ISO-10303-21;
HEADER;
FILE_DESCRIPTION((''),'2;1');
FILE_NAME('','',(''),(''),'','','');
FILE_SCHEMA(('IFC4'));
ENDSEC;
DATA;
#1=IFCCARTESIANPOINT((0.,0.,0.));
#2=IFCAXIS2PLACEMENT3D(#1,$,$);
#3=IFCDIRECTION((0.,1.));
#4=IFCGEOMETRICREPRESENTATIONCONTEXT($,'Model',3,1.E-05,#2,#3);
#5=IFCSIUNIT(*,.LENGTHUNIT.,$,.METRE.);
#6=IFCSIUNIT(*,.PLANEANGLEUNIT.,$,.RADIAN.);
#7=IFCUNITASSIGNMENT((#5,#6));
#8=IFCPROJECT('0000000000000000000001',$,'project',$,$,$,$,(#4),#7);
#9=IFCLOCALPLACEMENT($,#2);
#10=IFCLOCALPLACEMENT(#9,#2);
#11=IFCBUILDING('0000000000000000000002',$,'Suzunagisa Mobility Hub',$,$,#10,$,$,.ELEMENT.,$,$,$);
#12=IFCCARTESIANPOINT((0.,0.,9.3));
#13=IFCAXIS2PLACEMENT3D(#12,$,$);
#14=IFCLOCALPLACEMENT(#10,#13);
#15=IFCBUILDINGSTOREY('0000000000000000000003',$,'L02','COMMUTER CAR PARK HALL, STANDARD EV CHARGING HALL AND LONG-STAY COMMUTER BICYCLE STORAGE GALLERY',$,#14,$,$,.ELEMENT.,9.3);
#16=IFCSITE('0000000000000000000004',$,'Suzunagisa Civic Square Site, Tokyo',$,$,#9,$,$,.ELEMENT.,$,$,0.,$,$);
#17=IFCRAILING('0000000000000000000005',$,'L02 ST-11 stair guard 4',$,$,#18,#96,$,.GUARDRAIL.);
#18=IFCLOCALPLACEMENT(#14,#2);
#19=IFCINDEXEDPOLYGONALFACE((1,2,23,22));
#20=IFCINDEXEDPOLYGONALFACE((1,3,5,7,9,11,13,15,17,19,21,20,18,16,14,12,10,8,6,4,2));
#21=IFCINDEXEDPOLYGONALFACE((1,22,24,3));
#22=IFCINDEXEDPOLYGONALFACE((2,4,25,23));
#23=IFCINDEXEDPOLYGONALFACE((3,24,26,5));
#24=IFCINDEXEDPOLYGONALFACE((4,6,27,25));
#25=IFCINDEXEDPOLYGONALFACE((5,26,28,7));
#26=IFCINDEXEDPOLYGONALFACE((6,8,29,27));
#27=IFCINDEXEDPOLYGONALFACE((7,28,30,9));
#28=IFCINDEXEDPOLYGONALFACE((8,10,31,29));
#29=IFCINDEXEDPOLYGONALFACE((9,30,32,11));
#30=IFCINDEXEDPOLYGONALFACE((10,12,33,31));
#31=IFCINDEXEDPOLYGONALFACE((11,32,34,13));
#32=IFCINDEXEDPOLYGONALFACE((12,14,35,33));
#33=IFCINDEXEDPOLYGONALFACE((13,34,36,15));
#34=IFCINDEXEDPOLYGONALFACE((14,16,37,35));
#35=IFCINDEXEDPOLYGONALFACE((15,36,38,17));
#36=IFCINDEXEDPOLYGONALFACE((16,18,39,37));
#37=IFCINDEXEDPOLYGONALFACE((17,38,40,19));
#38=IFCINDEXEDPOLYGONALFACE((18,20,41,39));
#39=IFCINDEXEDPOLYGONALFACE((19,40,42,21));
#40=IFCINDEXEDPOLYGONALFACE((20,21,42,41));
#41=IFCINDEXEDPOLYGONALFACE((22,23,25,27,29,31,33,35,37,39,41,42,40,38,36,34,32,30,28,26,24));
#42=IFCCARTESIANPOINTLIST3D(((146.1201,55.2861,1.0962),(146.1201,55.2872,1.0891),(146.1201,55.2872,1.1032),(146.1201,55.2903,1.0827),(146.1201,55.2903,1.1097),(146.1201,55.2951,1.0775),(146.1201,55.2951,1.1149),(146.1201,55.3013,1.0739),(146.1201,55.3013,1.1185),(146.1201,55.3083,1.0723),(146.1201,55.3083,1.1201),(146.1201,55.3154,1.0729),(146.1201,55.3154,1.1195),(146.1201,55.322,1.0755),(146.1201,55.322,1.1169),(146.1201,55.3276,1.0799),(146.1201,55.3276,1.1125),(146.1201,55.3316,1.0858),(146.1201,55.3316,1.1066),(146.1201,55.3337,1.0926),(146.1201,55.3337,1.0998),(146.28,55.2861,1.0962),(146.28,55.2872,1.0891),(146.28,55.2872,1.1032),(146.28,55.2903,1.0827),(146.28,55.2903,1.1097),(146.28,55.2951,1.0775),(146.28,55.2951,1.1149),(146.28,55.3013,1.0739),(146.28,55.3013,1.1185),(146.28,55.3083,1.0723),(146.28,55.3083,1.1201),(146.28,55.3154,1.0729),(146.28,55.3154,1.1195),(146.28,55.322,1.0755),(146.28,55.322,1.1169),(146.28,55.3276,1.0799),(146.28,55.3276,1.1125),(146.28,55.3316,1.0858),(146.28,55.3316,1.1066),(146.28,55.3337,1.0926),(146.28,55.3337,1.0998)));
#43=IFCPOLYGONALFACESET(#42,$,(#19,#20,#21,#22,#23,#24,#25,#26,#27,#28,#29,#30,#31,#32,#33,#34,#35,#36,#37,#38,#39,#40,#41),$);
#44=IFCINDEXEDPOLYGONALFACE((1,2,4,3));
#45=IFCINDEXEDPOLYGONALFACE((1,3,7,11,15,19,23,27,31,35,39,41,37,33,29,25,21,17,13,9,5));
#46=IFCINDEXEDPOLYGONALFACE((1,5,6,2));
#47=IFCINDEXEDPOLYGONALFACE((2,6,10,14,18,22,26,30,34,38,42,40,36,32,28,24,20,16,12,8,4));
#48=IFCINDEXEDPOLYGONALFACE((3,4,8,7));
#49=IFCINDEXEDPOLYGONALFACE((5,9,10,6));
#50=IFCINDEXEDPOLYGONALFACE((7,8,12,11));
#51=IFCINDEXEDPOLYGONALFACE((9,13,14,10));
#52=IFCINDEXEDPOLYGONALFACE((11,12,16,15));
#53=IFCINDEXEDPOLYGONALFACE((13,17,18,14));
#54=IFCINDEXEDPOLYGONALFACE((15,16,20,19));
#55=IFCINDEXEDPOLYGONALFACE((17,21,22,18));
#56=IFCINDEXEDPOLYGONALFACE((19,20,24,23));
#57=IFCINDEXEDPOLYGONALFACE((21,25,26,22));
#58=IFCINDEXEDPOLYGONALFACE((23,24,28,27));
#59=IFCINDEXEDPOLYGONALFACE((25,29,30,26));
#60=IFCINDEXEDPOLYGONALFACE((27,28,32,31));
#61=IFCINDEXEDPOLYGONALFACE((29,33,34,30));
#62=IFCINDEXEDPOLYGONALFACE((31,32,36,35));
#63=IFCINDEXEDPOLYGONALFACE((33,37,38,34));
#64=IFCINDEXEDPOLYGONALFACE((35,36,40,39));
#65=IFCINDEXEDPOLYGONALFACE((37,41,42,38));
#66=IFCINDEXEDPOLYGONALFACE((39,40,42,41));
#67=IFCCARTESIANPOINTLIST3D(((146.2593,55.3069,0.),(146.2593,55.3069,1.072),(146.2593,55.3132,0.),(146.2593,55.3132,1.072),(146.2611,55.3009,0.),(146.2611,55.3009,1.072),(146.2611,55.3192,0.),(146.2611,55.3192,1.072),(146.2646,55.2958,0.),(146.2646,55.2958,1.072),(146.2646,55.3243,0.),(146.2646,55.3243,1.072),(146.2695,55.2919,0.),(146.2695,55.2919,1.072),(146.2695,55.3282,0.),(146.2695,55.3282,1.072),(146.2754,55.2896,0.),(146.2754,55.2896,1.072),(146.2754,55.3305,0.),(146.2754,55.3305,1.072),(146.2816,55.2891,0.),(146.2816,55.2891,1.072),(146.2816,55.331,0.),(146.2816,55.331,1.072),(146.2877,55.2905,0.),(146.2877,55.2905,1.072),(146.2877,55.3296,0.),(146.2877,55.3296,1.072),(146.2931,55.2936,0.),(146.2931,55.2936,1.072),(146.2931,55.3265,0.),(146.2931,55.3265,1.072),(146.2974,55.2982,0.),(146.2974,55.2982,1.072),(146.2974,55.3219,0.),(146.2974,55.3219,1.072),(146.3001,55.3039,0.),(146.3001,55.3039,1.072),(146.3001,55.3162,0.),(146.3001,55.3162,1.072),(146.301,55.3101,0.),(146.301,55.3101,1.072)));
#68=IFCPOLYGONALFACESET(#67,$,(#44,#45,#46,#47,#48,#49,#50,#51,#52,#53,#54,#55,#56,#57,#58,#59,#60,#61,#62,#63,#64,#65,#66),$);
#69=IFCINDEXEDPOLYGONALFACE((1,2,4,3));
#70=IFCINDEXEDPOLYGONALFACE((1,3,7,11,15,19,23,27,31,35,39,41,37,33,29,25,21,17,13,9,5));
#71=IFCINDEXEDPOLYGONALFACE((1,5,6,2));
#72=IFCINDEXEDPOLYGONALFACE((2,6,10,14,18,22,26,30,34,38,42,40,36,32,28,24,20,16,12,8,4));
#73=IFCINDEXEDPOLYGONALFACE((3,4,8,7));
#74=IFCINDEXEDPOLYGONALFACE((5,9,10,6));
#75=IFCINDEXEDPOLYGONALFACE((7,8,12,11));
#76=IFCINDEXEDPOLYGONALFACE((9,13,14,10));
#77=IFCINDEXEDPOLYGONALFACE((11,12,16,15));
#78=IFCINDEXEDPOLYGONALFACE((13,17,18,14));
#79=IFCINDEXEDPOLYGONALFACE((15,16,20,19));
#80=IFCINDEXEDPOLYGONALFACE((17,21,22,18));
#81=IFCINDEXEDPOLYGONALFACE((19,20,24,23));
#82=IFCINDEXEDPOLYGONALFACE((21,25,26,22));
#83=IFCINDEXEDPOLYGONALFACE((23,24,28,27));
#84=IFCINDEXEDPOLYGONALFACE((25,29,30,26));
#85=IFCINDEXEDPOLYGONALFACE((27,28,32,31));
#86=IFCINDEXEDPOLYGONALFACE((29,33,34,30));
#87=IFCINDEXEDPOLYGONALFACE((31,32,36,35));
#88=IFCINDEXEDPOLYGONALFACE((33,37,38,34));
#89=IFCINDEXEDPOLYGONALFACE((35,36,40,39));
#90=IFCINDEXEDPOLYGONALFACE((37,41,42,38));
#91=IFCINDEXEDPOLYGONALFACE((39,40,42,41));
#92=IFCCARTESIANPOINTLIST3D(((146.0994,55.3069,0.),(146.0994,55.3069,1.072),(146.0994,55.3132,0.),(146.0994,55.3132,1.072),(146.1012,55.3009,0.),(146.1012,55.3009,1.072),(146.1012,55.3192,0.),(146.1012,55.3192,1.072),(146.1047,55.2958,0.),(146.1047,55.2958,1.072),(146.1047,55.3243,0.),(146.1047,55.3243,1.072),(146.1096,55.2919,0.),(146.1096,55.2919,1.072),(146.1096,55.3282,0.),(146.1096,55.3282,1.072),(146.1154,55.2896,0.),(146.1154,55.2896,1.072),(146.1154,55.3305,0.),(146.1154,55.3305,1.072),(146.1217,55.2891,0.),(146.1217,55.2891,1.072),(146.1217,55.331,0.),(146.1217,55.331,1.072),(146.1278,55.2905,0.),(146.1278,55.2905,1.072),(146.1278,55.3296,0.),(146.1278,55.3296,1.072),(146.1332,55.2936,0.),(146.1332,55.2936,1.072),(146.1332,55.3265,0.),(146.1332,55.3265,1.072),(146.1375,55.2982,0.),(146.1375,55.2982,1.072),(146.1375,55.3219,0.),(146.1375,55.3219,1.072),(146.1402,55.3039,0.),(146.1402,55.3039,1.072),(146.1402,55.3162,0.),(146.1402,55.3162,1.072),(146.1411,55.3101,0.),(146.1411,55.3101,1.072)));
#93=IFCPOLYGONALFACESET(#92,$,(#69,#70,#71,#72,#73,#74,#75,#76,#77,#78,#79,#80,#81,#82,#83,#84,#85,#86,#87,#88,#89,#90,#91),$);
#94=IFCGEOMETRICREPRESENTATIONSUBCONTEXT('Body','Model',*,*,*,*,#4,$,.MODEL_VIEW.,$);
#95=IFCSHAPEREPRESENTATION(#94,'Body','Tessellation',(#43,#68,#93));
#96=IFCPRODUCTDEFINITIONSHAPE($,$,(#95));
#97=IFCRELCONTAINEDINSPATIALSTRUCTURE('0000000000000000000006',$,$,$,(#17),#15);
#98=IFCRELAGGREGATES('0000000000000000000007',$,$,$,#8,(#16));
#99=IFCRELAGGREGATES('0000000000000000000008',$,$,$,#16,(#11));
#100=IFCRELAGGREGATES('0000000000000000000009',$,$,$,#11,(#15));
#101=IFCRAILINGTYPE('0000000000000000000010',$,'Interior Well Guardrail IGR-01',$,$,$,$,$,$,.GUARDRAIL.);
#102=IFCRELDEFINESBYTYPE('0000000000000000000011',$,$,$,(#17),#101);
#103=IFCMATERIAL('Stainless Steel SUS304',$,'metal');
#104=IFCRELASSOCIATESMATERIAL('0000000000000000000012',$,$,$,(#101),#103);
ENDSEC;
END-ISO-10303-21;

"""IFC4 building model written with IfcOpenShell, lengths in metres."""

from ifc_helpers import new_model, si_unit, direction, frame, origin, origin_2d, place, context, subcontext, project, spatial, circle, extrude, material, type_object, element, save


model = new_model("IFC4")

# Units and contexts
model_context = context("Model", 3, precision=1e-05, world=origin(), true_north=direction((0.0, 1.0)))
body_context = subcontext(model_context, "Body", "Model", "MODEL_VIEW")
ifc_project = project(units=[si_unit("LENGTHUNIT", "METRE"), si_unit("PLANEANGLEUNIT", "RADIAN")], contexts=[model_context])

# Site, building, storey
site_placement = place(None, origin())
site = spatial("IfcSite", under=ifc_project, at=site_placement, Name="Suzunagisa Civic Square Site, Tokyo", CompositionType="ELEMENT", RefElevation=0.0)
building_placement = place(site_placement, origin())
building = spatial("IfcBuilding", under=site, at=building_placement, Name="Suzunagisa Mobility Hub", CompositionType="ELEMENT")
storey_placement = place(building_placement, frame((0.0, 0.0, 9.3)))
storey = spatial("IfcBuildingStorey", under=building, at=storey_placement, Name="L02", Description="COMMUTER CAR PARK HALL, STANDARD EV CHARGING HALL AND LONG-STAY COMMUTER BICYCLE STORAGE GALLERY", CompositionType="ELEMENT", Elevation=9.3)

# Railing
ifc_material_1 = material(Name="Stainless Steel SUS304", Category="metal")
railing_type_1 = type_object("IfcRailingType", Name="Interior Well Guardrail IGR-01", PredefinedType="GUARDRAIL", material=ifc_material_1)
railing_1_placement = place(storey_placement, frame((146.28, 55.3101, 0.0)))
element("IfcRailing", 1, at=railing_1_placement, inside=storey, type_object=railing_type_1, Name="L02 ST-11 stair guard 4", PredefinedType="GUARDRAIL", context=body_context, shape_type="SweptSolid", body=[
    extrude(circle(Radius=0.0239, at=origin_2d()), frame((0.0, 0.0, 1.0962), z_axis=(-1.0, 0.0, 0.0), x_axis=(0.0, -1.0, 0.0)), (0.0, 0.0, 1.0), 0.1599),
    extrude(circle(Radius=0.021, at=origin_2d()), origin(), (0.0, 0.0, 1.0), 1.072),
    extrude(circle(Radius=0.021, at=origin_2d()), frame((-0.1599, 0.0, 0.0)), (0.0, 0.0, 1.0), 1.072),
])

save(model, "model.ifc")
